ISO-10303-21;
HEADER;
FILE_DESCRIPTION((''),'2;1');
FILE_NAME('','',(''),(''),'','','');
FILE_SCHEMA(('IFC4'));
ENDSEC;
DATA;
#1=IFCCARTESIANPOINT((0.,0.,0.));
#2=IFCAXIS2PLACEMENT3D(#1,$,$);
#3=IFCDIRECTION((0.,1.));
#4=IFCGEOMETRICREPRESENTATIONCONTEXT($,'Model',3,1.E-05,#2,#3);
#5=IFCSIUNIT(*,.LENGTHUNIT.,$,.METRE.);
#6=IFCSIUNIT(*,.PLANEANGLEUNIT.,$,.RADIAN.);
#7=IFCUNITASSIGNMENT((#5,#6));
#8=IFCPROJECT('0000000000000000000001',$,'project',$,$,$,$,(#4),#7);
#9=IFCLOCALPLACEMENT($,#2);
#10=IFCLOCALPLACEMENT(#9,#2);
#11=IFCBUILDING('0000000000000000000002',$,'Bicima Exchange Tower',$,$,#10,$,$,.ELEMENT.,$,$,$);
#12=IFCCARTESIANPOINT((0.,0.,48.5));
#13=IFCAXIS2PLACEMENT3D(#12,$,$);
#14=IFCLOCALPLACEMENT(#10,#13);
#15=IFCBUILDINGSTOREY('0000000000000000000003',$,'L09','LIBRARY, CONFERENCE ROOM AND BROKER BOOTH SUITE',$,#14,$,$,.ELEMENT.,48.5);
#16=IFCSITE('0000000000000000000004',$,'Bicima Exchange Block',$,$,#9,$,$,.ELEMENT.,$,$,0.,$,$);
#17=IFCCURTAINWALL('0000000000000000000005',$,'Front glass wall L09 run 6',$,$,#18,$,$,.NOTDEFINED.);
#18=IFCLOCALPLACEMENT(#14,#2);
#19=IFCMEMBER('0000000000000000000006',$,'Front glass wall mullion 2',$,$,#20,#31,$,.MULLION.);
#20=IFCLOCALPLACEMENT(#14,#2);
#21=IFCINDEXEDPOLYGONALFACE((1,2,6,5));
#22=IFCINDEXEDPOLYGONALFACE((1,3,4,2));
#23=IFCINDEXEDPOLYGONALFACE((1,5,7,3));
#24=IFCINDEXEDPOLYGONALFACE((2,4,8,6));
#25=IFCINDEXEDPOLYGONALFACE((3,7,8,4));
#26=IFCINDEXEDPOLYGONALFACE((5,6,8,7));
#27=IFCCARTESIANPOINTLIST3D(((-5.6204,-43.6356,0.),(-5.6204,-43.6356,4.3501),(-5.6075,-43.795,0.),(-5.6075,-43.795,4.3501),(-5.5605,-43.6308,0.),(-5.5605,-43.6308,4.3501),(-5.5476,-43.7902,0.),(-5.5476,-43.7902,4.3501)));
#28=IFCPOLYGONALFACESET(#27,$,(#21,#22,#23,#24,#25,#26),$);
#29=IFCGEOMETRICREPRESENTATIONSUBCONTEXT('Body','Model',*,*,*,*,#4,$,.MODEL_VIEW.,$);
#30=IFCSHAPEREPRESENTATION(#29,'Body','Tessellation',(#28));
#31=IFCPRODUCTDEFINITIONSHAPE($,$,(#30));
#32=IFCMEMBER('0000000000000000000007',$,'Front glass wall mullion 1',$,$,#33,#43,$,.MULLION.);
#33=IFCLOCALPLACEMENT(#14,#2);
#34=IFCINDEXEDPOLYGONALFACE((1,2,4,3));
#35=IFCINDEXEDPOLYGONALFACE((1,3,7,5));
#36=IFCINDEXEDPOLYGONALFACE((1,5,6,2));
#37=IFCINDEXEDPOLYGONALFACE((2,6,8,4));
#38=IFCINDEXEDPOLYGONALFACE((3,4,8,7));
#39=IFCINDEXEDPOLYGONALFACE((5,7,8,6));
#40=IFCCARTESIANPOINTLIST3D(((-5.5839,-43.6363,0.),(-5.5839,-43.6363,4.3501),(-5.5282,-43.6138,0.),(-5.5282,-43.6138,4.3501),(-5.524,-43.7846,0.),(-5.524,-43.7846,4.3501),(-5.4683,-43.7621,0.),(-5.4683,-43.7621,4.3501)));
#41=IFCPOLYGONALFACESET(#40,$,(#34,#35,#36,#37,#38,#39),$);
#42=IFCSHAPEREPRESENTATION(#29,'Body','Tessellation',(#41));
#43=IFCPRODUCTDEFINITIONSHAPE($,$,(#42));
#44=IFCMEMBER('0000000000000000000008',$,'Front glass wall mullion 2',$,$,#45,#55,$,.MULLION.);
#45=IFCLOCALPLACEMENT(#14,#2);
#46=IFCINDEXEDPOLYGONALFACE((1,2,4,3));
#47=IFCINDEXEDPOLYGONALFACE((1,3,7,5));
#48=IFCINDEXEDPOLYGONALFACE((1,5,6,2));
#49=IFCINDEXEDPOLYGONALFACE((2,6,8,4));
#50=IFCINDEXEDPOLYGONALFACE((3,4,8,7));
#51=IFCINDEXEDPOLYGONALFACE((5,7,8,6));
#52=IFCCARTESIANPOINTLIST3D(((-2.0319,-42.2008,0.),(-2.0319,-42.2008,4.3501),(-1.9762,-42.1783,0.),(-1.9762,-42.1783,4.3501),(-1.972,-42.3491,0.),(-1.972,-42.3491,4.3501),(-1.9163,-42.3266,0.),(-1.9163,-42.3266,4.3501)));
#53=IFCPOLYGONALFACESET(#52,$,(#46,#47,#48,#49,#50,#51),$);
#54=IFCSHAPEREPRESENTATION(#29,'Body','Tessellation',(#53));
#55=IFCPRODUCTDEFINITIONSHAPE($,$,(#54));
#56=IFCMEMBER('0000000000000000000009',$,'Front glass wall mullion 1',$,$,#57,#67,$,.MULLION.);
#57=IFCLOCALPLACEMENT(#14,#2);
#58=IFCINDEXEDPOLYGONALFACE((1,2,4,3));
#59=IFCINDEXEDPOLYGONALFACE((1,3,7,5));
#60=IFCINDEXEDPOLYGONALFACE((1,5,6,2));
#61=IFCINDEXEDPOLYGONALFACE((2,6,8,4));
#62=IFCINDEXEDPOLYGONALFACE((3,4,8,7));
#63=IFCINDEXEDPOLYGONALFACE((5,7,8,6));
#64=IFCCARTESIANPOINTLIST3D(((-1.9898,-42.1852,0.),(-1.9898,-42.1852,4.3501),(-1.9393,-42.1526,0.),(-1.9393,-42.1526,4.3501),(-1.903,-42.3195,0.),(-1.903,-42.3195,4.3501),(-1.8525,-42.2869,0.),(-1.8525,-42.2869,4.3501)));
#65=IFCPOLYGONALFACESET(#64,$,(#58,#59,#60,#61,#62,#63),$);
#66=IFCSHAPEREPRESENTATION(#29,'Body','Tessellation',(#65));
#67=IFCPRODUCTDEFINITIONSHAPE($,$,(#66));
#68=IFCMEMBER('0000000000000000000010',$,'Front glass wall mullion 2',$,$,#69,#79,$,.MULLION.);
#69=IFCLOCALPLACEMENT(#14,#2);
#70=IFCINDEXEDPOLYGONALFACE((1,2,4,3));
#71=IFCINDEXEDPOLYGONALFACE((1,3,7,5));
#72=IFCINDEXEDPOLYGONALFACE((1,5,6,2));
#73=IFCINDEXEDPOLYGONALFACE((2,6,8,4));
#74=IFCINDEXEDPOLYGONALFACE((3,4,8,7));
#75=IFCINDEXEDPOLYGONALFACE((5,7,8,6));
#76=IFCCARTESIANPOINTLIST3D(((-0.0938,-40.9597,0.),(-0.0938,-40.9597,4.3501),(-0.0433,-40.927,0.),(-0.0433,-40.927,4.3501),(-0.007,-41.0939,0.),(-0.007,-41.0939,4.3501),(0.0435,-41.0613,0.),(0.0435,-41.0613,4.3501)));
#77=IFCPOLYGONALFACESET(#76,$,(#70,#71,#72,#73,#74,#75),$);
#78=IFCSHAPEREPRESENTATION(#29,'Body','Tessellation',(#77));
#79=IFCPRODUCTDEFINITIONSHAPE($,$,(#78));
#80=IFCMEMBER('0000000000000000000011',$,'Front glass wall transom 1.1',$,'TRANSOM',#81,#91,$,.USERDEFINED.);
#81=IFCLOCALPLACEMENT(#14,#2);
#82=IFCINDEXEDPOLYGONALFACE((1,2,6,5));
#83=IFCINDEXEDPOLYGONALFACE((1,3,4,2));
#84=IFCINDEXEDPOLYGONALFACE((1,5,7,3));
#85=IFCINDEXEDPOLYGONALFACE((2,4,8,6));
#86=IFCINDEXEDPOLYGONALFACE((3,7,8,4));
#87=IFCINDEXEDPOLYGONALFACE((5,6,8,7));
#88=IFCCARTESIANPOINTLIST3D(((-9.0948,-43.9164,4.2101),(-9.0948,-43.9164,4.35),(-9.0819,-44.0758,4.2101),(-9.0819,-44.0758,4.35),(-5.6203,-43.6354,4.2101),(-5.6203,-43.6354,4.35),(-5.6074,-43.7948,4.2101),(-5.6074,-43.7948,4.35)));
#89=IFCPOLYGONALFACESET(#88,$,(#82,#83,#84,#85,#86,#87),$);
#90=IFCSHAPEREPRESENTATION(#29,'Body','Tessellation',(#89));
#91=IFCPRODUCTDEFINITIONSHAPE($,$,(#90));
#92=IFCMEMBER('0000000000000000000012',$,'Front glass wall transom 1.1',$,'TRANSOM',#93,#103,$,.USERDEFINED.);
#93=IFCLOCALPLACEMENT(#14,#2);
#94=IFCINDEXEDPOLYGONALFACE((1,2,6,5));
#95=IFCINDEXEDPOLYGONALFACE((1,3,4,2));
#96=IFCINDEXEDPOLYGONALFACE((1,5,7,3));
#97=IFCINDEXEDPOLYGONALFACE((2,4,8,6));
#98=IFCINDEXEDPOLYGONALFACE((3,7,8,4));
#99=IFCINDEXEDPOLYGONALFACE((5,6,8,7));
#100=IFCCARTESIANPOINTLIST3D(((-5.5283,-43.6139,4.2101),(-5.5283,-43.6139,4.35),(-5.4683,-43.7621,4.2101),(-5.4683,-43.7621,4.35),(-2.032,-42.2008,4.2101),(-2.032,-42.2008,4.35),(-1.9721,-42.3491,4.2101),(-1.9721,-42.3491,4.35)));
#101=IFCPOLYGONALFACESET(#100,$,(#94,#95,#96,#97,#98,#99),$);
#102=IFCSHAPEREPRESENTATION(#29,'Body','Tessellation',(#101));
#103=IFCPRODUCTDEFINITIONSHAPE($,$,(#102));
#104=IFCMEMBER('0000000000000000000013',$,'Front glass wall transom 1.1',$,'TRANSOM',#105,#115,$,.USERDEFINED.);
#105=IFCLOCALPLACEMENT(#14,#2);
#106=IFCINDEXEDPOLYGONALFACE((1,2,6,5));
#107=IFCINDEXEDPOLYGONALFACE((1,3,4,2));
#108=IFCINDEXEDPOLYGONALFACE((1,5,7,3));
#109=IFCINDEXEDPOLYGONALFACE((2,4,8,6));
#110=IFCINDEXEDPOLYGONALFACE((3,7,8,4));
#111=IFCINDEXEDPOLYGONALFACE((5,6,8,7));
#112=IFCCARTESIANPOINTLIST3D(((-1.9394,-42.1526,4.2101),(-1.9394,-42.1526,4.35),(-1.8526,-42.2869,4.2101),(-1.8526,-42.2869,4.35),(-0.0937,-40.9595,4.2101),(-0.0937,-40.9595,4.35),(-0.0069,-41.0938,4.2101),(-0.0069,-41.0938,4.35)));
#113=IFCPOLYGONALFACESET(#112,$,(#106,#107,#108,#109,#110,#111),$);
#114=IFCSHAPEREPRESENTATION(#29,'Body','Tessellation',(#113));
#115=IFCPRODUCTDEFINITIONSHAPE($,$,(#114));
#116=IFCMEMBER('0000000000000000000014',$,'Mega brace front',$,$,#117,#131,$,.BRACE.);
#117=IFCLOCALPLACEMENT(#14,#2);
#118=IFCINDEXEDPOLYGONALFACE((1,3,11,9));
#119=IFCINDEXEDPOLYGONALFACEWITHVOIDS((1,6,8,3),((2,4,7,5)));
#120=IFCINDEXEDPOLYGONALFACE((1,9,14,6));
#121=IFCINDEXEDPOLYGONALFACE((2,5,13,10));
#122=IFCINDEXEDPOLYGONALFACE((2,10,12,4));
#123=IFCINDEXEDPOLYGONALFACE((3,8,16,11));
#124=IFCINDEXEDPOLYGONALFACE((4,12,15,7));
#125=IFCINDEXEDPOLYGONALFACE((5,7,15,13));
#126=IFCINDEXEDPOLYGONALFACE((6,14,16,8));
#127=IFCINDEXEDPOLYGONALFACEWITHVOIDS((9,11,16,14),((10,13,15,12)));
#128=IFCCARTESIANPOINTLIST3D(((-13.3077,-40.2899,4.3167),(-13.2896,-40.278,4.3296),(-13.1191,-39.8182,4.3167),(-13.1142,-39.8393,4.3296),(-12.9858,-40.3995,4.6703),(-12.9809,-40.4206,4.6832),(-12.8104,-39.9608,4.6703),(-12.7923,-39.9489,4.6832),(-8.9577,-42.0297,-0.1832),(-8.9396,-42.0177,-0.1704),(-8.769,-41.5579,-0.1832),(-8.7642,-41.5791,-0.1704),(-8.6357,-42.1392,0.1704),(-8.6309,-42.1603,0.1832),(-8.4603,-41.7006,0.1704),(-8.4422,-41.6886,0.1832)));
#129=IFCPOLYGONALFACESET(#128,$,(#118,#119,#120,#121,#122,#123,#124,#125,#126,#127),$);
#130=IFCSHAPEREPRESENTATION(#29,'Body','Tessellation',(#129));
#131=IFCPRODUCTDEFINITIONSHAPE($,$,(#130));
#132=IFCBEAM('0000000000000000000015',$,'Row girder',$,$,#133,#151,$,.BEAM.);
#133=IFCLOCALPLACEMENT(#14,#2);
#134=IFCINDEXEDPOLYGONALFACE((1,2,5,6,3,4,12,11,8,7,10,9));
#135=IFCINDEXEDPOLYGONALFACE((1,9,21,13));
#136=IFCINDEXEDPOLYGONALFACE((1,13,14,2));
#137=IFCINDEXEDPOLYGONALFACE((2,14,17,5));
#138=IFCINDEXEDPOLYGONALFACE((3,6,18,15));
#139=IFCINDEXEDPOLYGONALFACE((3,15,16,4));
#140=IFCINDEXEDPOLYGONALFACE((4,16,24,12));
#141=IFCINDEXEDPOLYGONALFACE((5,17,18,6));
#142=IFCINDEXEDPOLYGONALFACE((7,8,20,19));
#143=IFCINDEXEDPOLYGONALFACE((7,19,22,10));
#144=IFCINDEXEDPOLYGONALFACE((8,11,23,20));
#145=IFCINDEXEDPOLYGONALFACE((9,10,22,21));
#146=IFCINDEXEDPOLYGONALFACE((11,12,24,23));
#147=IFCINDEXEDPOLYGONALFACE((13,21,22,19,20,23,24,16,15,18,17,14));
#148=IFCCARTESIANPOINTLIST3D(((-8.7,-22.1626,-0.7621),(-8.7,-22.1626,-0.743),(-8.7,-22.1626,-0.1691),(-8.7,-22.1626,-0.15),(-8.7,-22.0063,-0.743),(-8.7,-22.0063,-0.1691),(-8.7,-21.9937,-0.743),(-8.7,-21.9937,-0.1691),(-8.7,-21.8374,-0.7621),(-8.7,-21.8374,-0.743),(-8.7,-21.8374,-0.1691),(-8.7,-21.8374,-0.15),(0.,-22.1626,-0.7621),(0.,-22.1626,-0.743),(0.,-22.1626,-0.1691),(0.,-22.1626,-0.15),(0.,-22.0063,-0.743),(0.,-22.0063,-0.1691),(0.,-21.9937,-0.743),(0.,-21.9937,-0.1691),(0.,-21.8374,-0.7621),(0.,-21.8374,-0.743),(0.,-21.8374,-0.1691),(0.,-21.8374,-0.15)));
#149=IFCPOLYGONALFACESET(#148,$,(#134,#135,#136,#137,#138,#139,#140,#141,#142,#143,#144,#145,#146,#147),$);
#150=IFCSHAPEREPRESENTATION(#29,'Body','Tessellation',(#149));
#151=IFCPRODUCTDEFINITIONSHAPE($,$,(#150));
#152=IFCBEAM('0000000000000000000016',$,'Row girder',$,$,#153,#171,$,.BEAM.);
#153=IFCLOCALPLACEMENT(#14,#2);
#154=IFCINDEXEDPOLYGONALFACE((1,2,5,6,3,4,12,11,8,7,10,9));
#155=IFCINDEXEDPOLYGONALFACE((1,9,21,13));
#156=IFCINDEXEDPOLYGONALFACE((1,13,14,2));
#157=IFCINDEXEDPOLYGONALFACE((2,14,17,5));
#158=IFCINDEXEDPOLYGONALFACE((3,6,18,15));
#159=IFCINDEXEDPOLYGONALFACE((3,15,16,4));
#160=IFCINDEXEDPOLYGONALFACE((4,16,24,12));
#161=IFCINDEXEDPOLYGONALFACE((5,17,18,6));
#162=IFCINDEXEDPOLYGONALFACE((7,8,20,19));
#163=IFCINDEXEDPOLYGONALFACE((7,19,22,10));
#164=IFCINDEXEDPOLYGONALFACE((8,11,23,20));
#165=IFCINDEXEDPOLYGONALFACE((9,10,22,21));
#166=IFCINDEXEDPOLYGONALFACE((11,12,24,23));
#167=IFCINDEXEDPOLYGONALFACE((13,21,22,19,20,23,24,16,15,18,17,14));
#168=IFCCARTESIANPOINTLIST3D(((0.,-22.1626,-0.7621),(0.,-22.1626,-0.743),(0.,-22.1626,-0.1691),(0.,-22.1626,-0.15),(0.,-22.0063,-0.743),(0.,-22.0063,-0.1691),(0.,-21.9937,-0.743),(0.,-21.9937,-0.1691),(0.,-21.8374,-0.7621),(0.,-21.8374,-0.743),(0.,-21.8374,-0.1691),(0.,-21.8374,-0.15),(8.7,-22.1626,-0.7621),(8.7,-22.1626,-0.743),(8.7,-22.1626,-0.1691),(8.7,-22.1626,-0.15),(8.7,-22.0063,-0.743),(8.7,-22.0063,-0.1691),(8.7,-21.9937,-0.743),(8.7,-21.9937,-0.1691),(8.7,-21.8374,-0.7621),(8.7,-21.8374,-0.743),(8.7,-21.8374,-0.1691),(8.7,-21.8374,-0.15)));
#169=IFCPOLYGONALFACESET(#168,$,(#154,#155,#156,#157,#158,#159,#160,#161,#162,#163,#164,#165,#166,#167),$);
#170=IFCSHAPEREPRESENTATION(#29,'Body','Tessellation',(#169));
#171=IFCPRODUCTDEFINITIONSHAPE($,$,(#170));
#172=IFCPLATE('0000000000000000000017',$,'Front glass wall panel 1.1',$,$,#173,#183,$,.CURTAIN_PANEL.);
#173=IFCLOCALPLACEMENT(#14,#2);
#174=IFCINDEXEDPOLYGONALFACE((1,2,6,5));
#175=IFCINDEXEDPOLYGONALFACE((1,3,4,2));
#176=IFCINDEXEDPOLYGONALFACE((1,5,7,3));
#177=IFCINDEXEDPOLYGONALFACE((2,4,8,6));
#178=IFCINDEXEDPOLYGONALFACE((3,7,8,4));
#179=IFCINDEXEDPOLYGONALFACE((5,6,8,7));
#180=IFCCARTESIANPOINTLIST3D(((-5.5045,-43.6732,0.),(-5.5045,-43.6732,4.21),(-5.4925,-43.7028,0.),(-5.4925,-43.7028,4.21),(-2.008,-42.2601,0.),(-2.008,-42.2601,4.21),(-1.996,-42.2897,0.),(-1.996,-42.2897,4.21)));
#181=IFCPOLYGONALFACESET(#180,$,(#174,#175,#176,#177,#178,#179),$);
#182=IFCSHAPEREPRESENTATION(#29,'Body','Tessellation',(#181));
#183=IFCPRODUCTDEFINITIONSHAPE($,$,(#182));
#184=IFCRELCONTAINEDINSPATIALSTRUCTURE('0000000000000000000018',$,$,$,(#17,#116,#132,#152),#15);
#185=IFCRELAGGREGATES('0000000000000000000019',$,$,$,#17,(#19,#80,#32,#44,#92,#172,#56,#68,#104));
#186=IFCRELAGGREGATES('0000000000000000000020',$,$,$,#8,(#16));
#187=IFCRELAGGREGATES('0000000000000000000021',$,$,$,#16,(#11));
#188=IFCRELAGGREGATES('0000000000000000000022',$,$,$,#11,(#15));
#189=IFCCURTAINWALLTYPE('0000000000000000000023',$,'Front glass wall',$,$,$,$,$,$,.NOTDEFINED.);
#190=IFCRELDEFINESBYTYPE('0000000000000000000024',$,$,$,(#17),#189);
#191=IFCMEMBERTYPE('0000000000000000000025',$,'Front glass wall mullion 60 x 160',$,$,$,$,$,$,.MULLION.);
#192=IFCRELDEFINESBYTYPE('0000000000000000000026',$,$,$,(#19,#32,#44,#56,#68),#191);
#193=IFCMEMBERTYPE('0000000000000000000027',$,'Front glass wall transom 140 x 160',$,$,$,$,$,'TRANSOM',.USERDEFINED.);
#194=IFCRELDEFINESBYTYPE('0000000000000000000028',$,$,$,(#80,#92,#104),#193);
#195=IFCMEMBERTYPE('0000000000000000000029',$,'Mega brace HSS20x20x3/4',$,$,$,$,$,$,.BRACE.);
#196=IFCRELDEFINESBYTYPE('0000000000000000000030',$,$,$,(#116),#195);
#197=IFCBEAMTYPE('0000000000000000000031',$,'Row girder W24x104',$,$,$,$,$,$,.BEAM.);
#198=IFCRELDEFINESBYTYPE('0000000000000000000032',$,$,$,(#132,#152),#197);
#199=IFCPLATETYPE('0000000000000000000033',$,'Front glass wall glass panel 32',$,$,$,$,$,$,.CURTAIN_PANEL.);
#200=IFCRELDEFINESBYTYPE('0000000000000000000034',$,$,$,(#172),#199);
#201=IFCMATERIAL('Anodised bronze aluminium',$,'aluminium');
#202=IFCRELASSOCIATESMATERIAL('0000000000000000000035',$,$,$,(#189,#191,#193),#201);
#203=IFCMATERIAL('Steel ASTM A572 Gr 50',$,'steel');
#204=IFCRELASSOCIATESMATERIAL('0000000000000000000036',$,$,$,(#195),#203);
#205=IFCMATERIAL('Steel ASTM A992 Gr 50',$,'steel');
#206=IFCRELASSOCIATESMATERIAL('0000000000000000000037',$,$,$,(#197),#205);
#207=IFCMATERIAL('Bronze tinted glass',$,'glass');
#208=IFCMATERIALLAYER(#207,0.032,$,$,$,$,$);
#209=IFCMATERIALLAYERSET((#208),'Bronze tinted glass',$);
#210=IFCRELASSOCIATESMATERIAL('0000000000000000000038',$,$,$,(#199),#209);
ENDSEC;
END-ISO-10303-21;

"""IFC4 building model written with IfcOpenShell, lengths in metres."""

from ifc_helpers import new_model, si_unit, direction, frame, origin, origin_2d, place, context, subcontext, project, spatial, rectangle, hollow_rectangle, i_section, extrude, material, layer, layer_set, material_profile, profile_set, type_object, element, aggregate, save


model = new_model("IFC4")

# Units and contexts
model_context = context("Model", 3, precision=1e-05, world=origin(), true_north=direction((0.0, 1.0)))
body_context = subcontext(model_context, "Body", "Model", "MODEL_VIEW")
ifc_project = project(units=[si_unit("LENGTHUNIT", "METRE"), si_unit("PLANEANGLEUNIT", "RADIAN")], contexts=[model_context])

# Site, building, storey
site_placement = place(None, origin())
site = spatial("IfcSite", under=ifc_project, at=site_placement, Name="Bicima Exchange Block", CompositionType="ELEMENT", RefElevation=0.0)
building_placement = place(site_placement, origin())
building = spatial("IfcBuilding", under=site, at=building_placement, Name="Bicima Exchange Tower", CompositionType="ELEMENT")
storey_placement = place(building_placement, frame((0.0, 0.0, 48.5)))
storey = spatial("IfcBuildingStorey", under=building, at=storey_placement, Name="L09", Description="LIBRARY, CONFERENCE ROOM AND BROKER BOOTH SUITE", CompositionType="ELEMENT", Elevation=48.5)

# Shared definitions
ifc_material_1 = material(Name="Steel ASTM A992 Gr 50", Category="steel")

# Curtain wall, members
ifc_material_2 = material(Name="Anodised bronze aluminium", Category="aluminium")
curtain_wall_type = type_object("IfcCurtainWallType", Name="Front glass wall", PredefinedType="NOTDEFINED", material=ifc_material_2)
curtain_wall_placement = place(storey_placement, origin())
curtain_wall = element("IfcCurtainWall", 1, at=curtain_wall_placement, inside=storey, type_object=curtain_wall_type, Name="Front glass wall L09 run 6", PredefinedType="NOTDEFINED")
ifc_material_profile_1 = material_profile(ifc_material_2, rectangle(XDim=0.1599, YDim=0.0601, at=origin_2d()))
ifc_profile_set_1 = profile_set([ifc_material_profile_1], Name="Anodised bronze aluminium")
member_type_1 = type_object("IfcMemberType", Name="Front glass wall mullion 60 x 160", PredefinedType="MULLION", material=ifc_profile_set_1)
member_1_placement = place(storey_placement, frame((-5.584, -43.7129, 0.0), z_axis=(0.0, 0.0, 1.0), x_axis=(-0.080589, 0.996747, 0.0)))
member_1 = element("IfcMember", 2, at=member_1_placement, type_object=member_type_1, Name="Front glass wall mullion 2", PredefinedType="MULLION", context=body_context, shape_type="SweptSolid", body=[
    extrude(rectangle(XDim=0.1599, YDim=0.0601, at=origin_2d()), origin(), (0.0, 0.0, 1.0), 4.3501),
])
member_2_placement = place(storey_placement, frame((-5.5261, -43.6992, 0.0), z_axis=(0.0, 0.0, 1.0), x_axis=(-0.374705, 0.927144, 0.0)))
member_2 = element("IfcMember", 3, at=member_2_placement, type_object=member_type_1, Name="Front glass wall mullion 1", PredefinedType="MULLION", context=body_context, shape_type="SweptSolid", body=[
    extrude(rectangle(XDim=0.1599, YDim=0.0601, at=origin_2d()), origin(), (0.0, 0.0, 1.0), 4.3501),
])
member_3_placement = place(storey_placement, frame((-1.9741, -42.2637, 0.0), z_axis=(0.0, 0.0, 1.0), x_axis=(-0.374705, 0.927144, 0.0)))
member_3 = element("IfcMember", 4, at=member_3_placement, type_object=member_type_1, Name="Front glass wall mullion 2", PredefinedType="MULLION", context=body_context, shape_type="SweptSolid", body=[
    extrude(rectangle(XDim=0.1599, YDim=0.0601, at=origin_2d()), origin(), (0.0, 0.0, 1.0), 4.3501),
])
member_4_placement = place(storey_placement, frame((-1.9211, -42.2361, 0.0), z_axis=(0.0, 0.0, 1.0), x_axis=(-0.542897, 0.839799, 0.0)))
member_4 = element("IfcMember", 5, at=member_4_placement, type_object=member_type_1, Name="Front glass wall mullion 1", PredefinedType="MULLION", context=body_context, shape_type="SweptSolid", body=[
    extrude(rectangle(XDim=0.1599, YDim=0.0601, at=origin_2d()), origin(), (0.0, 0.0, 1.0), 4.3501),
])
member_5_placement = place(storey_placement, frame((-0.0251, -41.0105, 0.0), z_axis=(0.0, 0.0, 1.0), x_axis=(-0.542897, 0.839799, 0.0)))
member_5 = element("IfcMember", 6, at=member_5_placement, type_object=member_type_1, Name="Front glass wall mullion 2", PredefinedType="MULLION", context=body_context, shape_type="SweptSolid", body=[
    extrude(rectangle(XDim=0.1599, YDim=0.0601, at=origin_2d()), origin(), (0.0, 0.0, 1.0), 4.3501),
])
ifc_material_profile_2 = material_profile(ifc_material_2, rectangle(XDim=0.1599, YDim=0.1399, at=origin_2d()))
ifc_profile_set_2 = profile_set([ifc_material_profile_2], Name="Anodised bronze aluminium")
member_type_2 = type_object("IfcMemberType", Name="Front glass wall transom 140 x 160", ElementType="TRANSOM", PredefinedType="USERDEFINED", material=ifc_profile_set_2)
member_6_placement = place(storey_placement, frame((-9.0884, -43.9961, 4.28), z_axis=(0.996746, 0.080611, 0.0), x_axis=(-0.080611, 0.996746, 0.0)))
member_6 = element("IfcMember", 7, at=member_6_placement, type_object=member_type_2, Name="Front glass wall transom 1.1", ObjectType="TRANSOM", PredefinedType="USERDEFINED", context=body_context, shape_type="SweptSolid", body=[
    extrude(rectangle(XDim=0.1599, YDim=0.1399, at=origin_2d()), origin(), (0.0, 0.0, 1.0), 3.4858),
])
member_7_placement = place(storey_placement, frame((-5.4983, -43.688, 4.28), z_axis=(0.92714, 0.374715, 0.0), x_axis=(-0.374715, 0.92714, 0.0)))
member_7 = element("IfcMember", 8, at=member_7_placement, type_object=member_type_2, Name="Front glass wall transom 1.1", ObjectType="TRANSOM", PredefinedType="USERDEFINED", context=body_context, shape_type="SweptSolid", body=[
    extrude(rectangle(XDim=0.1599, YDim=0.1399, at=origin_2d()), origin(), (0.0, 0.0, 1.0), 3.771),
])
member_8_placement = place(storey_placement, frame((-1.896, -42.2197, 4.28), z_axis=(0.839811, 0.542878, 0.0), x_axis=(-0.542878, 0.839811, 0.0)))
member_8 = element("IfcMember", 9, at=member_8_placement, type_object=member_type_2, Name="Front glass wall transom 1.1", ObjectType="TRANSOM", PredefinedType="USERDEFINED", context=body_context, shape_type="SweptSolid", body=[
    extrude(rectangle(XDim=0.1599, YDim=0.1399, at=origin_2d()), origin(), (0.0, 0.0, 1.0), 2.1978),
])

# Member
ifc_material_3 = material(Name="Steel ASTM A572 Gr 50", Category="steel")
ifc_material_profile_3 = material_profile(ifc_material_3, hollow_rectangle(XDim=0.5081, YDim=0.5081, WallThickness=0.0178, at=origin_2d()))
ifc_profile_set_3 = profile_set([ifc_material_profile_3], Name="Steel ASTM A572 Gr 50")
member_type_3 = type_object("IfcMemberType", Name="Mega brace HSS20x20x3/4", PredefinedType="BRACE", material=ifc_profile_set_3)
member_9_placement = place(storey_placement, frame((-8.7, -41.8591, 0.0), z_axis=(-0.669642, 0.267812, 0.692717), x_axis=(-0.371337, -0.928498, 0.0)))
element("IfcMember", 10, at=member_9_placement, inside=storey, type_object=member_type_3, Name="Mega brace front", PredefinedType="BRACE", context=body_context, shape_type="SweptSolid", body=[
    extrude(hollow_rectangle(XDim=0.5081, YDim=0.5081, WallThickness=0.0178, at=origin_2d()), origin(), (0.0, 0.0, 1.0), 6.4961),
])

# Beams
ifc_material_profile_4 = material_profile(ifc_material_1, i_section(OverallWidth=0.3252, OverallDepth=0.6121, WebThickness=0.0127, FlangeThickness=0.019, at=origin_2d()))
ifc_profile_set_4 = profile_set([ifc_material_profile_4], Name="Steel ASTM A992 Gr 50")
beam_type_1 = type_object("IfcBeamType", Name="Row girder W24x104", PredefinedType="BEAM", material=ifc_profile_set_4)
for number, where, z_axis, x_axis, name in (
    (11, (-8.7, -22.0, -0.4561), (1.0, 0.0, 0.0), (0.0, 1.0, 0.0), "Row girder"),
    (12, (0.0, -22.0, -0.4561), (1.0, 0.0, 0.0), (0.0, 1.0, 0.0), "Row girder"),
):
    element("IfcBeam", number, at=place(storey_placement, frame(where, z_axis=z_axis, x_axis=x_axis)), inside=storey, type_object=beam_type_1, Name=name, PredefinedType="BEAM", context=body_context, shape_type="SweptSolid", body=[
        extrude(i_section(OverallWidth=0.3252, OverallDepth=0.6121, WebThickness=0.0127, FlangeThickness=0.019, at=origin_2d()), origin(), (0.0, 0.0, 1.0), 8.7),
    ])

# Plate
ifc_material_4 = material(Name="Bronze tinted glass", Category="glass")
ifc_layer_1 = layer(ifc_material_4, 0.032)
ifc_layer_set_1 = layer_set([ifc_layer_1], Name="Bronze tinted glass")
plate_type_1 = type_object("IfcPlateType", Name="Front glass wall glass panel 32", PredefinedType="CURTAIN_PANEL", material=ifc_layer_set_1)
plate_1_placement = place(storey_placement, frame((-3.7502, -42.9814, 0.0), z_axis=(0.0, 0.0, 1.0), x_axis=(0.927144, 0.374705, 0.0)))
plate_1 = element("IfcPlate", 13, at=plate_1_placement, type_object=plate_type_1, Name="Front glass wall panel 1.1", PredefinedType="CURTAIN_PANEL", context=body_context, shape_type="SweptSolid", body=[
    extrude(rectangle(XDim=3.7712, YDim=0.032, at=origin_2d()), origin(), (0.0, 0.0, 1.0), 4.21),
])
aggregate(curtain_wall, [member_1, member_6, member_2, member_3, member_7, plate_1, member_4, member_5, member_8])

save(model, "model.ifc")
